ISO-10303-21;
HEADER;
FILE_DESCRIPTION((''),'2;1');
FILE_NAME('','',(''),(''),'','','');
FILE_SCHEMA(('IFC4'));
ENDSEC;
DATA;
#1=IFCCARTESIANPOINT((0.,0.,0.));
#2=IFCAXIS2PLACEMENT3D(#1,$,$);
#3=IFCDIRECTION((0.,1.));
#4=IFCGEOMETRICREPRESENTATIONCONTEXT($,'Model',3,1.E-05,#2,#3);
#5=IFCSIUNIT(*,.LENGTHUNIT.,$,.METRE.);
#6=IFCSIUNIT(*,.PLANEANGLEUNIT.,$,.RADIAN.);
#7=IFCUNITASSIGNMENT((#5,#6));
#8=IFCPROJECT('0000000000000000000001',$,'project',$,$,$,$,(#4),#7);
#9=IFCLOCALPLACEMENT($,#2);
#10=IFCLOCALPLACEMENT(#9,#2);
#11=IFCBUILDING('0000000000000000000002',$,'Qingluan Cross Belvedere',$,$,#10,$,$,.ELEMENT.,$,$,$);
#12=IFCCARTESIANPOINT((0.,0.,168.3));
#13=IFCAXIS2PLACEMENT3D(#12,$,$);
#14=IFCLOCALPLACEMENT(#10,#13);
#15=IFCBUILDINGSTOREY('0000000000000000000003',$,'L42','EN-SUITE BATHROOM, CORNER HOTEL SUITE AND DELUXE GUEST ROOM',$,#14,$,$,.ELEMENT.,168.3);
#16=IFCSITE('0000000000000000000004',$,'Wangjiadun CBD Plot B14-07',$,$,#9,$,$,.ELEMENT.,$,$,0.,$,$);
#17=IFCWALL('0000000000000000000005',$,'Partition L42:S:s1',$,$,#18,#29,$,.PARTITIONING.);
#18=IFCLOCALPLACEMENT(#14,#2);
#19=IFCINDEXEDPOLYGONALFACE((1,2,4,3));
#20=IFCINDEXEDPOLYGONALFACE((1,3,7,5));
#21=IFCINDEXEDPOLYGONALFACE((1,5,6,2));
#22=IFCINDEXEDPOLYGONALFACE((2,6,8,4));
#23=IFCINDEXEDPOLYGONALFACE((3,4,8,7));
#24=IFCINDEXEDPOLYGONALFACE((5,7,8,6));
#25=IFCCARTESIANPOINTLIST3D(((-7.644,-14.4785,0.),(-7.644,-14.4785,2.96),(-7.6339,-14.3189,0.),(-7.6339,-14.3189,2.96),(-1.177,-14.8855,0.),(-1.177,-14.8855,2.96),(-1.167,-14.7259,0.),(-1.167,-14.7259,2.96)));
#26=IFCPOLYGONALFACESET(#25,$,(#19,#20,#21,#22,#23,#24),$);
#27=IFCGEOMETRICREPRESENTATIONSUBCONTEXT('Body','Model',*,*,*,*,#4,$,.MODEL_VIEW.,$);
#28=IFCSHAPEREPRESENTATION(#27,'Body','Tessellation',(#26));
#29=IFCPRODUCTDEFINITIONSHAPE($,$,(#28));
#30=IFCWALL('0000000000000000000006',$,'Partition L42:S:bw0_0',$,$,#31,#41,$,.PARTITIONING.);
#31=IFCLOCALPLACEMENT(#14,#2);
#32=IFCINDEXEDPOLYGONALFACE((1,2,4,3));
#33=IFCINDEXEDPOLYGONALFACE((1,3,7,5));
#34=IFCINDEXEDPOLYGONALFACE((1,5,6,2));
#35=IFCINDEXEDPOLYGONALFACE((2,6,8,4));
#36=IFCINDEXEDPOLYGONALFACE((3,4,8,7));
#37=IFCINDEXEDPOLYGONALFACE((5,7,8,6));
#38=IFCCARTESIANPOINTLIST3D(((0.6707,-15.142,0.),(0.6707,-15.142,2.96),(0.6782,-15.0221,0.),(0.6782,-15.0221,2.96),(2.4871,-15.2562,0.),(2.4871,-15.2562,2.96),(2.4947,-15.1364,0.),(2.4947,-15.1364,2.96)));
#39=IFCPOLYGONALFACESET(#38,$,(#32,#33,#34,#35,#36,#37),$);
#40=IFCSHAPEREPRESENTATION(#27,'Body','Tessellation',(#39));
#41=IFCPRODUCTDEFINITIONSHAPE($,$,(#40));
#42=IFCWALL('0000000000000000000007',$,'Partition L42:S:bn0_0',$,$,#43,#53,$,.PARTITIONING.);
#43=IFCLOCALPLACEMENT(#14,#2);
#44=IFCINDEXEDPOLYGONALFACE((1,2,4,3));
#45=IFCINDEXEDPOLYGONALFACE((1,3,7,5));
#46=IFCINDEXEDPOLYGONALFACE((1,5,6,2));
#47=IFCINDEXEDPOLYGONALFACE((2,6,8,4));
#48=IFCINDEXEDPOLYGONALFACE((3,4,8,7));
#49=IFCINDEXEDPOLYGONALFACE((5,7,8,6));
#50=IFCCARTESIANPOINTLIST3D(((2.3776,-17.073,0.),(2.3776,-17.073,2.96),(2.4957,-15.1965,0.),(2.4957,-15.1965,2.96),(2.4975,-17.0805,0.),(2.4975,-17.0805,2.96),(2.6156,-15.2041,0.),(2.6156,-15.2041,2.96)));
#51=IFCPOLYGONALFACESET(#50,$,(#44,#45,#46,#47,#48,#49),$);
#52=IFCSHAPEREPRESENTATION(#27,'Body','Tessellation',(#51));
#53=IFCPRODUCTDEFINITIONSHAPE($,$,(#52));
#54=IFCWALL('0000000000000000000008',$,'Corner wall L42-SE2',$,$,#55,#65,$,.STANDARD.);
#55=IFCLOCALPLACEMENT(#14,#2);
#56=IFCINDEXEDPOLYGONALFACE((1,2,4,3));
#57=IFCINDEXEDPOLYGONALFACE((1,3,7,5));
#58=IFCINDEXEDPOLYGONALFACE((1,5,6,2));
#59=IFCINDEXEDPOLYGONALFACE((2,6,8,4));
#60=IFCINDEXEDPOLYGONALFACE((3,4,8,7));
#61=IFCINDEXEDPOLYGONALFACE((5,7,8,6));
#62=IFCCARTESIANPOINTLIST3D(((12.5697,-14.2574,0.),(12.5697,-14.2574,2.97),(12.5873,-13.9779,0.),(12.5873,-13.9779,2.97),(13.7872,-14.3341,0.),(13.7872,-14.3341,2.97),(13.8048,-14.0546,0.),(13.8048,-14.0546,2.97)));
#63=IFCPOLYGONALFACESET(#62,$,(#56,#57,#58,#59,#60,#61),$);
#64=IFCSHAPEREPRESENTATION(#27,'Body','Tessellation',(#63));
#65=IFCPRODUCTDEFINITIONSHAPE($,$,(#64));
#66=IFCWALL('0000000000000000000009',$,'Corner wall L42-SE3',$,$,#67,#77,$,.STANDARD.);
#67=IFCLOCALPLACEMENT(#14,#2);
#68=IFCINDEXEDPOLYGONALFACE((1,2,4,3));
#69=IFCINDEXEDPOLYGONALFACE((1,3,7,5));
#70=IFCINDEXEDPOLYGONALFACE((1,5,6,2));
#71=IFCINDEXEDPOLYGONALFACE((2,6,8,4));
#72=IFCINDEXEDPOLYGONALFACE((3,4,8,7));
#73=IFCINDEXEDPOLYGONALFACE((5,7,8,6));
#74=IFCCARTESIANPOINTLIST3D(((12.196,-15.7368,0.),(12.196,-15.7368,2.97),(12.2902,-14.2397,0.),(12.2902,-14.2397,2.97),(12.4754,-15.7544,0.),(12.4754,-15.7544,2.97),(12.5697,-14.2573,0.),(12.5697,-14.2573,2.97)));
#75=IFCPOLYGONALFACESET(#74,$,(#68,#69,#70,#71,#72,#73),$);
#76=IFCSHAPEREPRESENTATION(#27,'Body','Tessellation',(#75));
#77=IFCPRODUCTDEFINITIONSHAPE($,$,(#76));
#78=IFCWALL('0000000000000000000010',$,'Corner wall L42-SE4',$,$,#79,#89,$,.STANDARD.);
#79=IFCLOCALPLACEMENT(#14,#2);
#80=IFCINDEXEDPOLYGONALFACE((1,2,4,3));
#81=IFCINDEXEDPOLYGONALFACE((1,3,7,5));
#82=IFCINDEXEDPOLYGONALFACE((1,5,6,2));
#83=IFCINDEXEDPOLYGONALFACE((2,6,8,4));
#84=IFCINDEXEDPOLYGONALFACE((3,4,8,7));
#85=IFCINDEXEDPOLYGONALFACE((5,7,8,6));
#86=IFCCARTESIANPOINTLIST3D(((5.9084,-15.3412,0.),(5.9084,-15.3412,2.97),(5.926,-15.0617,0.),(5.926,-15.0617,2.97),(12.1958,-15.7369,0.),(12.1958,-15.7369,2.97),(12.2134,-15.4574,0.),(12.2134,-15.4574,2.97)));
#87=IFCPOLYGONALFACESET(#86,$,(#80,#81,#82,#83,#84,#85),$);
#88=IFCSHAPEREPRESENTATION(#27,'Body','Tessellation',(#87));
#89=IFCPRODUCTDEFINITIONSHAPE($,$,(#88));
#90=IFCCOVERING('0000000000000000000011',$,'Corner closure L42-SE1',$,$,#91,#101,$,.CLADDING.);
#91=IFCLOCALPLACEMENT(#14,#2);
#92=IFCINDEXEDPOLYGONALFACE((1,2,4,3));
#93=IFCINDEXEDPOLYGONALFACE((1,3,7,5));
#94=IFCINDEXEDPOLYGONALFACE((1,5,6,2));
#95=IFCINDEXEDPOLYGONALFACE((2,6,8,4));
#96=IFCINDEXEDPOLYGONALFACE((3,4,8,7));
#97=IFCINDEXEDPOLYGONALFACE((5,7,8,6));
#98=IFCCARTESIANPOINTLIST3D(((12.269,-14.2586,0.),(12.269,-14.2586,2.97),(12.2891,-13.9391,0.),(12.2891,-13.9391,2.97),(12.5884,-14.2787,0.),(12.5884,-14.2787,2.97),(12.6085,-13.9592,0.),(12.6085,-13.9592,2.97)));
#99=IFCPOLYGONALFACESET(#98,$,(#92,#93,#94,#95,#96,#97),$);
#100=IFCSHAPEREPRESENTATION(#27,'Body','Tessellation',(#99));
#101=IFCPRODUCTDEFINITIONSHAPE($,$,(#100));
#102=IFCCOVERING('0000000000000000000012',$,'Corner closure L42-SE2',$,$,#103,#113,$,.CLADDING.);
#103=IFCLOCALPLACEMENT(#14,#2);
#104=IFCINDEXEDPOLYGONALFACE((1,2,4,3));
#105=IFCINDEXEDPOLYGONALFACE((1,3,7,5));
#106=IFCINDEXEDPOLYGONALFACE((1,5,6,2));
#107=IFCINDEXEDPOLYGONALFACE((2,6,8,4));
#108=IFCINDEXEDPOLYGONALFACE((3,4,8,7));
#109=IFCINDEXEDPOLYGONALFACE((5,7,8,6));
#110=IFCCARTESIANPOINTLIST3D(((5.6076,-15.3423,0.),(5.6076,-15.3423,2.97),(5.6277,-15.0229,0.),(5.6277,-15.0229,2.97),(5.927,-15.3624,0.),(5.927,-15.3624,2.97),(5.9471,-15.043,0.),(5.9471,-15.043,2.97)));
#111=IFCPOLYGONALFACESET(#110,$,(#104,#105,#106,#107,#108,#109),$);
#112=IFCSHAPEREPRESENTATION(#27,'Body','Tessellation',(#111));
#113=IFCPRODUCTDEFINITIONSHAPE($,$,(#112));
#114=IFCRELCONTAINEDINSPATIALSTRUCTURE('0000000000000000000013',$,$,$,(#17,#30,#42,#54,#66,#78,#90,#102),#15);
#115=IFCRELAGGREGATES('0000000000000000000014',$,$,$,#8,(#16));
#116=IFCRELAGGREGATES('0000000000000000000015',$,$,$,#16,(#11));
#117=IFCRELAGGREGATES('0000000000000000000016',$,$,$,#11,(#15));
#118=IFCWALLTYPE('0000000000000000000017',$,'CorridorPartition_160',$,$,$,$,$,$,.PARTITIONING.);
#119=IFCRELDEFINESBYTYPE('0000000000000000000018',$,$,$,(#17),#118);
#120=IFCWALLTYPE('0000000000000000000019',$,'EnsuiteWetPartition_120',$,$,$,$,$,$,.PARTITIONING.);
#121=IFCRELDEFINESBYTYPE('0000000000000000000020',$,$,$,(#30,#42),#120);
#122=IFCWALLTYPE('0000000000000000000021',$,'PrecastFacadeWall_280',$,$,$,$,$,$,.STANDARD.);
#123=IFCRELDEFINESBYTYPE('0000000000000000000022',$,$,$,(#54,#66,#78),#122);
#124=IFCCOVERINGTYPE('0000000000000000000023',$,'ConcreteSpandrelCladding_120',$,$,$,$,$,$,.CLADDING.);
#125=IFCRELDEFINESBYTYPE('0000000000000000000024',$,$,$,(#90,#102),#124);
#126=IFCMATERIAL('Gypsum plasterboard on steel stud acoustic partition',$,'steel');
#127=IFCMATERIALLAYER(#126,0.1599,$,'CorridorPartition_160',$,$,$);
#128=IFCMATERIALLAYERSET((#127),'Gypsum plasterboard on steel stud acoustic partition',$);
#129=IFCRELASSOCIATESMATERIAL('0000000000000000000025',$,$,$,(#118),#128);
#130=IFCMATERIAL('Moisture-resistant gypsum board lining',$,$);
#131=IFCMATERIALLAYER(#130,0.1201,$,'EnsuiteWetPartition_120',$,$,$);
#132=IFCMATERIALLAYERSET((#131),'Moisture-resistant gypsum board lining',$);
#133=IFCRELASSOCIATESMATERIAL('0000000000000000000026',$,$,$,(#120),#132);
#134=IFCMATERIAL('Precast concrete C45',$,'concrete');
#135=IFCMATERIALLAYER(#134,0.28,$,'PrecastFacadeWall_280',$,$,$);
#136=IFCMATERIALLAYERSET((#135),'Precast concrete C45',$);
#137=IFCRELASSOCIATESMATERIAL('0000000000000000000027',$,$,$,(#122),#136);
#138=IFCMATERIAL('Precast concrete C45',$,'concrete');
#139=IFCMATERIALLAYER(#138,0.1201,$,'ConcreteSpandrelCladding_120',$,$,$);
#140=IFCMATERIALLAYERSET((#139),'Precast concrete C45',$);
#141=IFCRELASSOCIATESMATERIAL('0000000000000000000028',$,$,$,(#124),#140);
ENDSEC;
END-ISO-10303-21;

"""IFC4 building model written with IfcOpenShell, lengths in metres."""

from ifc_helpers import new_model, si_unit, direction, frame, frame_2d, origin, origin_2d, place, context, subcontext, project, spatial, rectangle, extrude, material, layer, layer_set, type_object, element, save


model = new_model("IFC4")

# Units and contexts
model_context = context("Model", 3, precision=1e-05, world=origin(), true_north=direction((0.0, 1.0)))
body_context = subcontext(model_context, "Body", "Model", "MODEL_VIEW")
ifc_project = project(units=[si_unit("LENGTHUNIT", "METRE"), si_unit("PLANEANGLEUNIT", "RADIAN")], contexts=[model_context])

# Site, building, storey
site_placement = place(None, origin())
site = spatial("IfcSite", under=ifc_project, at=site_placement, Name="Wangjiadun CBD Plot B14-07", CompositionType="ELEMENT", RefElevation=0.0)
building_placement = place(site_placement, origin())
building = spatial("IfcBuilding", under=site, at=building_placement, Name="Qingluan Cross Belvedere", CompositionType="ELEMENT")
storey_placement = place(building_placement, frame((0.0, 0.0, 168.3)))
storey = spatial("IfcBuildingStorey", under=building, at=storey_placement, Name="L42", Description="EN-SUITE BATHROOM, CORNER HOTEL SUITE AND DELUXE GUEST ROOM", CompositionType="ELEMENT", Elevation=168.3)

# Shared definitions
ifc_material_1 = material(Name="Gypsum plasterboard on steel stud acoustic partition", Category="steel")
ifc_layer_1 = layer(ifc_material_1, 0.1599, Name="CorridorPartition_160")
ifc_layer_set_1 = layer_set([ifc_layer_1], Name="Gypsum plasterboard on steel stud acoustic partition")
wall_type_1 = type_object("IfcWallType", Name="CorridorPartition_160", PredefinedType="PARTITIONING", material=ifc_layer_set_1)

# Walls
wall_1_placement = place(storey_placement, frame((-1.1721, -14.8057, 0.0), z_axis=(0.0, 0.0, 1.0), x_axis=(-0.998026, 0.062808, 0.0)))
element("IfcWall", 1, at=wall_1_placement, inside=storey, type_object=wall_type_1, Name="Partition L42:S:s1", PredefinedType="PARTITIONING", context=body_context, shape_type="SweptSolid", body=[
    extrude(rectangle(XDim=6.4797, YDim=0.1599, at=frame_2d((3.2397, 0.0))), origin(), (0.0, 0.0, 1.0), 2.96),
])
ifc_material_2 = material(Name="Moisture-resistant gypsum board lining")
ifc_layer_2 = layer(ifc_material_2, 0.1201, Name="EnsuiteWetPartition_120")
ifc_layer_set_2 = layer_set([ifc_layer_2], Name="Moisture-resistant gypsum board lining")
wall_type_2 = type_object("IfcWallType", Name="EnsuiteWetPartition_120", PredefinedType="PARTITIONING", material=ifc_layer_set_2)
wall_2_placement = place(storey_placement, frame((0.6743, -15.082, 0.0), z_axis=(0.0, 0.0, 1.0), x_axis=(0.998027, -0.062779, 0.0)))
element("IfcWall", 2, at=wall_2_placement, inside=storey, type_object=wall_type_2, Name="Partition L42:S:bw0_0", PredefinedType="PARTITIONING", context=body_context, shape_type="SweptSolid", body=[
    extrude(rectangle(XDim=1.8201, YDim=0.1201, at=frame_2d((0.9102, 0.0))), origin(), (0.0, 0.0, 1.0), 2.96),
])
wall_3_placement = place(storey_placement, frame((2.5557, -15.2004, 0.0), z_axis=(0.0, 0.0, 1.0), x_axis=(-0.062847, -0.998023, 0.0)))
element("IfcWall", 3, at=wall_3_placement, inside=storey, type_object=wall_type_2, Name="Partition L42:S:bn0_0", PredefinedType="PARTITIONING", context=body_context, shape_type="SweptSolid", body=[
    extrude(rectangle(XDim=1.8801, YDim=0.1201, at=frame_2d((0.9399, 0.0))), origin(), (0.0, 0.0, 1.0), 2.96),
])
ifc_material_3 = material(Name="Precast concrete C45", Category="concrete")
ifc_layer_3 = layer(ifc_material_3, 0.28, Name="PrecastFacadeWall_280")
ifc_layer_set_3 = layer_set([ifc_layer_3], Name="Precast concrete C45")
wall_type_3 = type_object("IfcWallType", Name="PrecastFacadeWall_280", PredefinedType="STANDARD", material=ifc_layer_set_3)
wall_4_placement = place(storey_placement, frame((13.7959, -14.1943, 0.0), z_axis=(0.0, 0.0, 1.0), x_axis=(-0.998024, 0.062839, 0.0)))
element("IfcWall", 4, at=wall_4_placement, inside=storey, type_object=wall_type_3, Name="Corner wall L42-SE2", PredefinedType="STANDARD", context=body_context, shape_type="SweptSolid", body=[
    extrude(rectangle(XDim=1.22, YDim=0.28, at=frame_2d((0.6099, 0.0))), origin(), (0.0, 0.0, 1.0), 2.97),
])
wall_5_placement = place(storey_placement, frame((12.4299, -14.2485, 0.0), z_axis=(0.0, 0.0, 1.0), x_axis=(-0.062824, -0.998025, 0.0)))
element("IfcWall", 5, at=wall_5_placement, inside=storey, type_object=wall_type_3, Name="Corner wall L42-SE3", PredefinedType="STANDARD", context=body_context, shape_type="SweptSolid", body=[
    extrude(rectangle(XDim=1.5, YDim=0.28, at=frame_2d((0.75, 0.0))), origin(), (0.0, 0.0, 1.0), 2.97),
])
wall_6_placement = place(storey_placement, frame((12.2046, -15.5972, 0.0), z_axis=(0.0, 0.0, 1.0), x_axis=(-0.998025, 0.06282, 0.0)))
element("IfcWall", 6, at=wall_6_placement, inside=storey, type_object=wall_type_3, Name="Corner wall L42-SE4", PredefinedType="STANDARD", context=body_context, shape_type="SweptSolid", body=[
    extrude(rectangle(XDim=6.2998, YDim=0.28, at=frame_2d((3.1499, 0.0))), origin(), (0.0, 0.0, 1.0), 2.97),
])

# Coverings
ifc_material_4 = material(Name="Precast concrete C45", Category="concrete")
ifc_layer_4 = layer(ifc_material_4, 0.1201, Name="ConcreteSpandrelCladding_120")
ifc_layer_set_4 = layer_set([ifc_layer_4], Name="Precast concrete C45")
covering_type = type_object("IfcCoveringType", Name="ConcreteSpandrelCladding_120", PredefinedType="CLADDING", material=ifc_layer_set_4)
for number, where, z_axis, x_axis, name in (
    (7, (12.4387, -14.1089, 0.0), (0.0, 0.0, 1.0), (0.998027, -0.062791, 0.0), "Corner closure L42-SE1"),
    (8, (5.7773, -15.1926, 0.0), (0.0, 0.0, 1.0), (0.998027, -0.062791, 0.0), "Corner closure L42-SE2"),
):
    element("IfcCovering", number, at=place(storey_placement, frame(where, z_axis=z_axis, x_axis=x_axis)), inside=storey, type_object=covering_type, Name=name, PredefinedType="CLADDING", context=body_context, shape_type="SweptSolid", body=[
        extrude(rectangle(XDim=0.3201, YDim=0.3201, at=origin_2d()), origin(), (0.0, 0.0, 1.0), 2.97),
    ])

save(model, "model.ifc")
